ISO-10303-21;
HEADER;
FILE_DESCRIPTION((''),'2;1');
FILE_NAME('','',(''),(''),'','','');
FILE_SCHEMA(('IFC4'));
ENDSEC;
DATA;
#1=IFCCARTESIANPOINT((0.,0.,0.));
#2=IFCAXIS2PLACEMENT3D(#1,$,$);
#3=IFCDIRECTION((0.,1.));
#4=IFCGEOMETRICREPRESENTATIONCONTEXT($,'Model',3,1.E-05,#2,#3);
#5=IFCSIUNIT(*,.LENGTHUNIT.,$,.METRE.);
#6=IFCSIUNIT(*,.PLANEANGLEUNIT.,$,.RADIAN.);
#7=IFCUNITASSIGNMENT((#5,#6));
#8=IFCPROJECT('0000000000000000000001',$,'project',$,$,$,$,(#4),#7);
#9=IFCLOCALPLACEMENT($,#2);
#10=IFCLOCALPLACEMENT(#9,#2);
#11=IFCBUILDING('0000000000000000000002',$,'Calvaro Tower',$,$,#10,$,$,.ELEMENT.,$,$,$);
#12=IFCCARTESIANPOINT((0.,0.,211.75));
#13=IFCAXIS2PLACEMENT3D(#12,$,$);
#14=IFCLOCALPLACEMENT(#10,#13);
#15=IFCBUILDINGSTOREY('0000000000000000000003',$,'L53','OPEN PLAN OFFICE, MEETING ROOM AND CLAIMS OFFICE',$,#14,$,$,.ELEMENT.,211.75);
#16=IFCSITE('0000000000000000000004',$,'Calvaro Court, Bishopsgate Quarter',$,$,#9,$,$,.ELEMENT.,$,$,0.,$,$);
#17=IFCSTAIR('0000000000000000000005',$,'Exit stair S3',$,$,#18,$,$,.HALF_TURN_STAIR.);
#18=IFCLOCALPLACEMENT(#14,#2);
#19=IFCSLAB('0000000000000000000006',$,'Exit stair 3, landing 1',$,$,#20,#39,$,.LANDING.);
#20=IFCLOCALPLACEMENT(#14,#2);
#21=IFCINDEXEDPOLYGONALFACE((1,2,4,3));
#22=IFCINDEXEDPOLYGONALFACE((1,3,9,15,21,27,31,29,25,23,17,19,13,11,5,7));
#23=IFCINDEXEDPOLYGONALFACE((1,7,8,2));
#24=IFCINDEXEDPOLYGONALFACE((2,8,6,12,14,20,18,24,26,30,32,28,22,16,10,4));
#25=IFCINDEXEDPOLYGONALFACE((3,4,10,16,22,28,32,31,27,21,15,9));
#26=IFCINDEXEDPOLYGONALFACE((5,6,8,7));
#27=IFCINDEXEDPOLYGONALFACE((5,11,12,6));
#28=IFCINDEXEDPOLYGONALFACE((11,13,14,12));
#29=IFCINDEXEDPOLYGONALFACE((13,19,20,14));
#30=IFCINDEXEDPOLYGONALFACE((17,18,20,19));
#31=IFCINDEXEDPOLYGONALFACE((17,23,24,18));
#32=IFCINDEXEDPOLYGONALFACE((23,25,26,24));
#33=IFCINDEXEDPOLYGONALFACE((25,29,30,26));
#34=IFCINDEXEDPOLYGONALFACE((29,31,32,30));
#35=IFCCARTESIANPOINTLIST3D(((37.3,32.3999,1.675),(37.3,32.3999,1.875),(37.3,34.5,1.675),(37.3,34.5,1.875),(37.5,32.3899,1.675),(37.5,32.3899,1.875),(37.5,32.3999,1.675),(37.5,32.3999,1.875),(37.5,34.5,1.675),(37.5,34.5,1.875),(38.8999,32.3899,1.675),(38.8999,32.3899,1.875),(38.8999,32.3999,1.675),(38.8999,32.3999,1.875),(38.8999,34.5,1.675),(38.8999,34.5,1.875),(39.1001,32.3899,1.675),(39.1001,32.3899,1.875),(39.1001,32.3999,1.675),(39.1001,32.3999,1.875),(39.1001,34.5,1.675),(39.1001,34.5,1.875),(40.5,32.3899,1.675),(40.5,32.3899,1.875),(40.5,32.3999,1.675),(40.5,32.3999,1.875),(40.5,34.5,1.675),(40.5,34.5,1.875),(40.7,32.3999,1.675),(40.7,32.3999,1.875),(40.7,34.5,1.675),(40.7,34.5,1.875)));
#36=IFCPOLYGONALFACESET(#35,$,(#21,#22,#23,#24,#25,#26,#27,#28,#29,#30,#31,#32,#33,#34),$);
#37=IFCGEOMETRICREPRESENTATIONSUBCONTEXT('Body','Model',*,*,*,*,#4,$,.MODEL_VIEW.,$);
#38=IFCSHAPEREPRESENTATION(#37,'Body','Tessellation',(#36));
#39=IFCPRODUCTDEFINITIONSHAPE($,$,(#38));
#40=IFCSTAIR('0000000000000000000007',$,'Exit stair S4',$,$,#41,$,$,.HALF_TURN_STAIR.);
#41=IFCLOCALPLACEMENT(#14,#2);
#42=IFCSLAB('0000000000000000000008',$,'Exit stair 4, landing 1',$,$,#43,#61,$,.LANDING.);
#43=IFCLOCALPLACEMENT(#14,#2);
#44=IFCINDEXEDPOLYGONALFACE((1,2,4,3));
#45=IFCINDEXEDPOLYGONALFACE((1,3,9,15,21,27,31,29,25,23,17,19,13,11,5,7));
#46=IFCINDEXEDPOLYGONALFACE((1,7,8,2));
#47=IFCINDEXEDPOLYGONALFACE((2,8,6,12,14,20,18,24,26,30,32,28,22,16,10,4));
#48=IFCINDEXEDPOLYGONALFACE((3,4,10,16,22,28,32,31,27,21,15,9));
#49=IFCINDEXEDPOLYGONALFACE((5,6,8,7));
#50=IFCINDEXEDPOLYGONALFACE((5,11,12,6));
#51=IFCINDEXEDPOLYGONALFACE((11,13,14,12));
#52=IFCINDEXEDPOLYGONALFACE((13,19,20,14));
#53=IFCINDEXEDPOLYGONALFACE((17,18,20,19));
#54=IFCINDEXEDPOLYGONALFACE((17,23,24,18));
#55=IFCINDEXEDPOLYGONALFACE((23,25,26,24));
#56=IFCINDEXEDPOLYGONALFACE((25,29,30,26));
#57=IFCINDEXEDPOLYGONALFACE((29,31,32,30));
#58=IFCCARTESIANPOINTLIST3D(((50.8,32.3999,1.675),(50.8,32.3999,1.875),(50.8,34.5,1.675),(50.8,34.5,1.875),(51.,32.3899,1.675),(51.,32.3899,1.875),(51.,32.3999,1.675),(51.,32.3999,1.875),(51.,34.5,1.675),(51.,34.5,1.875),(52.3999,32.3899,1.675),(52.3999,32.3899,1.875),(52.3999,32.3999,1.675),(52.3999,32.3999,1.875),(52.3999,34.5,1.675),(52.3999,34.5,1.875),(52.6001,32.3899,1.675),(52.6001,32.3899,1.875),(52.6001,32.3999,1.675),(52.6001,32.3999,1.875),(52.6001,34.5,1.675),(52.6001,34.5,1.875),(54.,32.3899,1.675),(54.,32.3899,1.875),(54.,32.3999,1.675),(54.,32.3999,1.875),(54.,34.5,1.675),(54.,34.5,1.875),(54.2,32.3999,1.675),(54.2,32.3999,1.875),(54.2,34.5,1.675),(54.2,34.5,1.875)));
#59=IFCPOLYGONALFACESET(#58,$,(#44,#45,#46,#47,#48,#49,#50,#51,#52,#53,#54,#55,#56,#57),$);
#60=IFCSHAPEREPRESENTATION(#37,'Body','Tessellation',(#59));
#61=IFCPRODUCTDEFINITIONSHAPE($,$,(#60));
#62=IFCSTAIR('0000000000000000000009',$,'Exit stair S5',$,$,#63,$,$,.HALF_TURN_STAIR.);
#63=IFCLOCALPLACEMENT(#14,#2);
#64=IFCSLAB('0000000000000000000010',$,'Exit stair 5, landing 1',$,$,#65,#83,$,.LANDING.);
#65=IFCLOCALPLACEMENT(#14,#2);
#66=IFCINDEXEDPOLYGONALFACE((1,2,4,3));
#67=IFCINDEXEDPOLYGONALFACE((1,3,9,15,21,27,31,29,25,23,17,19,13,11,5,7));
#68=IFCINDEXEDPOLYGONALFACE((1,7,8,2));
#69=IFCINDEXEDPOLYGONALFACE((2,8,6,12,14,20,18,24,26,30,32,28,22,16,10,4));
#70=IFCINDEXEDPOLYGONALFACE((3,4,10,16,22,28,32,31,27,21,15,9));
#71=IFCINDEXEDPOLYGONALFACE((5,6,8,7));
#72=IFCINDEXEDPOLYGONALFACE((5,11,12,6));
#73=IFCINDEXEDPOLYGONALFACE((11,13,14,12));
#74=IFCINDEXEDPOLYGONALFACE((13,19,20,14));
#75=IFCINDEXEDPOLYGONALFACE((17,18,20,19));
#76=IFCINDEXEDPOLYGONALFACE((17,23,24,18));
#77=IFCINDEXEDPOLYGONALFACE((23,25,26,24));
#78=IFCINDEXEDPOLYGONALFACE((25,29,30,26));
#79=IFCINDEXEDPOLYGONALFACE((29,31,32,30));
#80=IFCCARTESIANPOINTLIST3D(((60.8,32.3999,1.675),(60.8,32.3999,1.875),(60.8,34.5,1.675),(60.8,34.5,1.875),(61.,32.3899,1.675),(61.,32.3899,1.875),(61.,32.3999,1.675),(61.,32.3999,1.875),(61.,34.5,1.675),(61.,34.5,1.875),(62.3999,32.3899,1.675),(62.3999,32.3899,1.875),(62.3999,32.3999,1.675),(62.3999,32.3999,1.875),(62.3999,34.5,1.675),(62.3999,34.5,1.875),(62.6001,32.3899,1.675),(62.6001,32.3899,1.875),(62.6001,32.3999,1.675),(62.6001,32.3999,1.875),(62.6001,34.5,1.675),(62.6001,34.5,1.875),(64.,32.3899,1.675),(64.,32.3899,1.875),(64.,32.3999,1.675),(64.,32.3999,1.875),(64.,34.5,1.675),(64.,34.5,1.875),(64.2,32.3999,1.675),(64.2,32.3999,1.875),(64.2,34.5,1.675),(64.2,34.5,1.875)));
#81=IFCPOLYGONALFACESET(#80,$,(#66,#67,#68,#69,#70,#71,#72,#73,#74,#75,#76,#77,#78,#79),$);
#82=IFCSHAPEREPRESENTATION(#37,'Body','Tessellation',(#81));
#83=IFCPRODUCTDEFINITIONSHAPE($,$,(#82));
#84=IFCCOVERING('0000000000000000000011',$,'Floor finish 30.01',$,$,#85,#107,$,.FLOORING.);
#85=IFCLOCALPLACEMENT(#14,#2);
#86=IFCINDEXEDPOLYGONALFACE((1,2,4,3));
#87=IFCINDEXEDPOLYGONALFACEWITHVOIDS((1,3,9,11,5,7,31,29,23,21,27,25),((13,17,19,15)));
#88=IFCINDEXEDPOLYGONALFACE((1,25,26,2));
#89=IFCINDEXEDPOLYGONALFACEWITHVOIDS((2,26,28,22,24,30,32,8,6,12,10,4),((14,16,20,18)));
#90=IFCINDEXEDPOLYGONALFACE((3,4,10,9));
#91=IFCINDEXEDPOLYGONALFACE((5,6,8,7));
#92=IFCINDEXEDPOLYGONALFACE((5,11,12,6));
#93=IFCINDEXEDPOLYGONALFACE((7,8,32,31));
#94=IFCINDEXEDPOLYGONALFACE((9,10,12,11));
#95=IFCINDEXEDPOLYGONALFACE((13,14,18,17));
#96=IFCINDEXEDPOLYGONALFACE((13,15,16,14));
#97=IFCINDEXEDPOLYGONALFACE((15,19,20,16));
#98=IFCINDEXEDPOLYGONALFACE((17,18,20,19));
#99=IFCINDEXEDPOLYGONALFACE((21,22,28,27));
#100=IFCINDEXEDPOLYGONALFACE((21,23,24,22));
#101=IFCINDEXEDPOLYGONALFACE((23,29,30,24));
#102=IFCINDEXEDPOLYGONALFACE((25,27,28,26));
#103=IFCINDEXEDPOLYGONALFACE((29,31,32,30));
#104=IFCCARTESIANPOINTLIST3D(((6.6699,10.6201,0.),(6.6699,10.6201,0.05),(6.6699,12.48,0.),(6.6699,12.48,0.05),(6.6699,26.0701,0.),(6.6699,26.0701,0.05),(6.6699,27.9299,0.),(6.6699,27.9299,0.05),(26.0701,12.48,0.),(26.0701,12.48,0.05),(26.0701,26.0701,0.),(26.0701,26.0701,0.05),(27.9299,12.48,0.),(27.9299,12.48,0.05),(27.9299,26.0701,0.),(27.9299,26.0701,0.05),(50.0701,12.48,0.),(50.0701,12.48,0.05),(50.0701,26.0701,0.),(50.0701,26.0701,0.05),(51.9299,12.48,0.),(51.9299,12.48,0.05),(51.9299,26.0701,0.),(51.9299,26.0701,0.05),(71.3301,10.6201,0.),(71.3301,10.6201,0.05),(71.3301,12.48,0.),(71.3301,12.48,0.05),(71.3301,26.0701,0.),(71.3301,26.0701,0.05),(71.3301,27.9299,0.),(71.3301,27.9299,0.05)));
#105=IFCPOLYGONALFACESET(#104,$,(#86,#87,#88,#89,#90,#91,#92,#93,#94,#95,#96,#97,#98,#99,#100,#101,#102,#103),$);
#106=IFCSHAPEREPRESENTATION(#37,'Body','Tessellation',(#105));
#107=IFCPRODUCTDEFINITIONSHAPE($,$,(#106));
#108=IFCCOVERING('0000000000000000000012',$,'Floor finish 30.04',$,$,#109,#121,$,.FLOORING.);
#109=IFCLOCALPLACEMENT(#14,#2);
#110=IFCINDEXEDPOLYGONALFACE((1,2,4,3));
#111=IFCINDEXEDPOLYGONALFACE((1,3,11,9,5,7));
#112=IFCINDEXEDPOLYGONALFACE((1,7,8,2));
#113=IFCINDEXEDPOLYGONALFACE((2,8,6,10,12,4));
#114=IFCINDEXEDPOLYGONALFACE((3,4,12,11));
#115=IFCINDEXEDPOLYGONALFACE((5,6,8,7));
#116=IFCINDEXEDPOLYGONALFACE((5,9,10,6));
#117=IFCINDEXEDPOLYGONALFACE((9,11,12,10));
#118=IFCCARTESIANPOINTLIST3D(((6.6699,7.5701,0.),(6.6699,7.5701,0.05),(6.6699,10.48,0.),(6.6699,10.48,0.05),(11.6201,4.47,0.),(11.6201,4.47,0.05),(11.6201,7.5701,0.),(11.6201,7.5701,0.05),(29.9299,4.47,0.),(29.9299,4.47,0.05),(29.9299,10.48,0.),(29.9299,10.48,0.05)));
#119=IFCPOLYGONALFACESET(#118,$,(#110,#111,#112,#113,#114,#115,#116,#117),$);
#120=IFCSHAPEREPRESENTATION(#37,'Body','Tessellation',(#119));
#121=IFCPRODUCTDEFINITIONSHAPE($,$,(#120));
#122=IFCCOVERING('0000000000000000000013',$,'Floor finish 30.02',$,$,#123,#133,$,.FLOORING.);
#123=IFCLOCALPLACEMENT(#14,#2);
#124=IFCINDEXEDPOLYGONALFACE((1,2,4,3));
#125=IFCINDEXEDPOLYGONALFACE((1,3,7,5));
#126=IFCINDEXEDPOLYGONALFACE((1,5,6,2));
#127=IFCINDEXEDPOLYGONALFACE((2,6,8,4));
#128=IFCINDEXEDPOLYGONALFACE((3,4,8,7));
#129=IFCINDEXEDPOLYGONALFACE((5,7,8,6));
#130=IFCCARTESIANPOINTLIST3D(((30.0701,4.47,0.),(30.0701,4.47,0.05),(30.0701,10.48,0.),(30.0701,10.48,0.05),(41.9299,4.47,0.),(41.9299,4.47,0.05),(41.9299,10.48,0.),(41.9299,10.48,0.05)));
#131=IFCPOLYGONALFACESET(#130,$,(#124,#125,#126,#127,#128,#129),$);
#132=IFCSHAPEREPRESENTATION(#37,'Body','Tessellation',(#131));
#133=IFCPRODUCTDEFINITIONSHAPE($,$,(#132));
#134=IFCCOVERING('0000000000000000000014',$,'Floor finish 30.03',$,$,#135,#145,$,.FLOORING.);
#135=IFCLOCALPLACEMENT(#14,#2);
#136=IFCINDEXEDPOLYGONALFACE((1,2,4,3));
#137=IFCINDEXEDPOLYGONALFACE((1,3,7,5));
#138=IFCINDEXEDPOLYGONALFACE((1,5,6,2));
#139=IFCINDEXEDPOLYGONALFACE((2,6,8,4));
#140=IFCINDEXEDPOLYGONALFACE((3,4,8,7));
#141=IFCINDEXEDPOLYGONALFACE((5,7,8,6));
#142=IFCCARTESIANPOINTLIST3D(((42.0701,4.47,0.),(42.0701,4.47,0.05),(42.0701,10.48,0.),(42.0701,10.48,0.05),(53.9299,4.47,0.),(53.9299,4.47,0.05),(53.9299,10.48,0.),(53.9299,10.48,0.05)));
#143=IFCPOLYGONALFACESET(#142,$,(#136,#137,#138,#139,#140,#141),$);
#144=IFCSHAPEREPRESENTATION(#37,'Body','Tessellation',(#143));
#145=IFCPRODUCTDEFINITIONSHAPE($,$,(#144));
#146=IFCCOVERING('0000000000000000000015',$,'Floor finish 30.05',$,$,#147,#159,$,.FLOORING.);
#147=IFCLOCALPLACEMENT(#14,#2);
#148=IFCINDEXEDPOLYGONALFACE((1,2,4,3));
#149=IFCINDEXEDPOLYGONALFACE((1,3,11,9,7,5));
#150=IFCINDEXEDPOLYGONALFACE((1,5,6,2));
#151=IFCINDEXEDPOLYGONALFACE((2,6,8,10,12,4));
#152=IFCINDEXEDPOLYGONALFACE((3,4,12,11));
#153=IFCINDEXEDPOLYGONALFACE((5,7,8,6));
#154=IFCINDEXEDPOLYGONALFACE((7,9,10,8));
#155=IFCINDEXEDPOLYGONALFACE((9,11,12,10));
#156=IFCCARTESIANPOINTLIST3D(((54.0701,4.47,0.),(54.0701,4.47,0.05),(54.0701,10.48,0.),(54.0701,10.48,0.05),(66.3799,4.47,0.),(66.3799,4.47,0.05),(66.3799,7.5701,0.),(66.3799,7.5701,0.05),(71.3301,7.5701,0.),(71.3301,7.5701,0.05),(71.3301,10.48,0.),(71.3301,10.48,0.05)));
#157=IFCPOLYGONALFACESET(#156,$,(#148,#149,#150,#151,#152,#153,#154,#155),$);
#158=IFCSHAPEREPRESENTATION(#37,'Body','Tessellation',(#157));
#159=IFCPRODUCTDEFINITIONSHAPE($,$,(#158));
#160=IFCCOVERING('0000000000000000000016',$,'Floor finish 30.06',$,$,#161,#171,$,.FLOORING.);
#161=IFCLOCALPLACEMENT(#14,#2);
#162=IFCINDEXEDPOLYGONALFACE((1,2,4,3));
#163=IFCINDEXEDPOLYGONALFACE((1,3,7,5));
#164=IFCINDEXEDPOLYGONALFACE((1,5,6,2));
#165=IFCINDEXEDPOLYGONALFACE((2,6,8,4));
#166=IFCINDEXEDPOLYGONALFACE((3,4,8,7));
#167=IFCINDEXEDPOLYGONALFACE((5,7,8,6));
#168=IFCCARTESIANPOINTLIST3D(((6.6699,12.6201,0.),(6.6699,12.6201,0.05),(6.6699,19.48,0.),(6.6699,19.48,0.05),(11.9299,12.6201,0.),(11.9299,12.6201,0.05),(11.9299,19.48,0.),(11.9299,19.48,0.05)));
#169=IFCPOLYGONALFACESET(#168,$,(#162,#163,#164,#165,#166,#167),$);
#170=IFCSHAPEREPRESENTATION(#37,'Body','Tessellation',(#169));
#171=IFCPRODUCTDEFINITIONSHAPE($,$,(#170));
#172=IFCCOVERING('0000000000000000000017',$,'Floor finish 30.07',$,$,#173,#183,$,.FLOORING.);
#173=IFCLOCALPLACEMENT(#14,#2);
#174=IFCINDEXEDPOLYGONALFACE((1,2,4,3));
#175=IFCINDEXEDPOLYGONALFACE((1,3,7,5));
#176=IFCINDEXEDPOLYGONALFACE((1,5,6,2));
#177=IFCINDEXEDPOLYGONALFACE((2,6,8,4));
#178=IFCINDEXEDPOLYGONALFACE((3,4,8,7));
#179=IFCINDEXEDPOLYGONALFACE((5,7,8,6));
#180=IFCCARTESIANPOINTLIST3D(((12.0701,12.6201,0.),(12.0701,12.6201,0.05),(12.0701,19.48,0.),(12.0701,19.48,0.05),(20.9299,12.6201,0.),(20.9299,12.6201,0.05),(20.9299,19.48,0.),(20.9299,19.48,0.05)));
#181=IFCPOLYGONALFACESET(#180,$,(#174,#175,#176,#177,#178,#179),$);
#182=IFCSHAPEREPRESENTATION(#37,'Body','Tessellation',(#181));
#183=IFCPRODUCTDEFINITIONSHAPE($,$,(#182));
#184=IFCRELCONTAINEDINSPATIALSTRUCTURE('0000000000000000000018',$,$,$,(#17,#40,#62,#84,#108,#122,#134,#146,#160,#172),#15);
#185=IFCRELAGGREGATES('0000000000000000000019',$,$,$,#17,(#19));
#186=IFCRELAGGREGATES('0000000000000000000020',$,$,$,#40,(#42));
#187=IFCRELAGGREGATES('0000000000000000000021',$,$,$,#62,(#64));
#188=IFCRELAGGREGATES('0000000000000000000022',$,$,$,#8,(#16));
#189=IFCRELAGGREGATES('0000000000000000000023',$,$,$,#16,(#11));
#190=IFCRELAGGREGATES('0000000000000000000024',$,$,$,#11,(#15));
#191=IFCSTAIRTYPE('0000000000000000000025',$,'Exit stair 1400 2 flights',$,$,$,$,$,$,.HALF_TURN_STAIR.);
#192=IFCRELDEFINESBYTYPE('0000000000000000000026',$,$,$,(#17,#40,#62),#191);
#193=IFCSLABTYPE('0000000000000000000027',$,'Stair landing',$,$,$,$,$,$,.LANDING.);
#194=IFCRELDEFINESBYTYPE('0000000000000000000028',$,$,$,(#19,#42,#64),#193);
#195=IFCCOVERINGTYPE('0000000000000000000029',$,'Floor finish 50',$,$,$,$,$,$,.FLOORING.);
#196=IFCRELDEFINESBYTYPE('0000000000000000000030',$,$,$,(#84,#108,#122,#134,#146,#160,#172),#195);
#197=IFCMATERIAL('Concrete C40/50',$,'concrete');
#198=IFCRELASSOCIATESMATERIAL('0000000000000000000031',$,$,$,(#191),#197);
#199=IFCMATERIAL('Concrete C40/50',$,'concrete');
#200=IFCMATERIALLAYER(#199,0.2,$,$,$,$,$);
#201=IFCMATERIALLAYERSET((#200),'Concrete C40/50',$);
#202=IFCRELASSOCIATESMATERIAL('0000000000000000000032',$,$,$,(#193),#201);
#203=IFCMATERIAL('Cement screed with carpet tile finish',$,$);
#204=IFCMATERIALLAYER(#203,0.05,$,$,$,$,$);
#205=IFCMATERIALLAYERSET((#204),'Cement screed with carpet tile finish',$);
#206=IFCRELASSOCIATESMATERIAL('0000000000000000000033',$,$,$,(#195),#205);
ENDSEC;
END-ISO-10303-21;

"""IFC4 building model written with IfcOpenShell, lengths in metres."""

from ifc_helpers import new_model, si_unit, direction, frame, origin, place, context, subcontext, project, spatial, polyline, outline, extrude, material, layer, layer_set, type_object, element, aggregate, save


model = new_model("IFC4")

# Units and contexts
model_context = context("Model", 3, precision=1e-05, world=origin(), true_north=direction((0.0, 1.0)))
body_context = subcontext(model_context, "Body", "Model", "MODEL_VIEW")
ifc_project = project(units=[si_unit("LENGTHUNIT", "METRE"), si_unit("PLANEANGLEUNIT", "RADIAN")], contexts=[model_context])

# Site, building, storey
site_placement = place(None, origin())
site = spatial("IfcSite", under=ifc_project, at=site_placement, Name="Calvaro Court, Bishopsgate Quarter", CompositionType="ELEMENT", RefElevation=0.0)
building_placement = place(site_placement, origin())
building = spatial("IfcBuilding", under=site, at=building_placement, Name="Calvaro Tower", CompositionType="ELEMENT")
storey_placement = place(building_placement, frame((0.0, 0.0, 211.75)))
storey = spatial("IfcBuildingStorey", under=building, at=storey_placement, Name="L53", Description="OPEN PLAN OFFICE, MEETING ROOM AND CLAIMS OFFICE", CompositionType="ELEMENT", Elevation=211.75)

# Stairs, slabs
ifc_material_1 = material(Name="Concrete C40/50", Category="concrete")
stair_type = type_object("IfcStairType", Name="Exit stair 1400 2 flights", PredefinedType="HALF_TURN_STAIR", material=ifc_material_1)
ifc_material_2 = material(Name="Concrete C40/50", Category="concrete")
ifc_layer_1 = layer(ifc_material_2, 0.2)
ifc_layer_set_1 = layer_set([ifc_layer_1], Name="Concrete C40/50")
slab_type_1 = type_object("IfcSlabType", Name="Stair landing", PredefinedType="LANDING", material=ifc_layer_set_1)
stair_1_placement = place(storey_placement, origin())
stair_1 = element("IfcStair", 1, at=stair_1_placement, inside=storey, type_object=stair_type, Name="Exit stair S3", PredefinedType="HALF_TURN_STAIR")
slab_1_placement = place(storey_placement, frame((0.0, 0.0, 1.675)))
slab_1 = element("IfcSlab", 2, at=slab_1_placement, type_object=slab_type_1, Name="Exit stair 3, landing 1", PredefinedType="LANDING", context=body_context, shape_type="SweptSolid", body=[
    extrude(outline(polyline([(38.8999, 32.3899), (37.5, 32.3899), (37.5, 32.3999), (37.3, 32.3999), (37.3, 34.5), (37.5, 34.5), (38.8999, 34.5), (39.1001, 34.5), (40.5, 34.5), (40.7, 34.5), (40.7, 32.3999), (40.5, 32.3999), (40.5, 32.3899), (39.1001, 32.3899), (39.1001, 32.3999), (38.8999, 32.3999), (38.8999, 32.3899)])), origin(), (0.0, 0.0, 1.0), 0.2),
])
aggregate(stair_1, [slab_1])
stair_2_placement = place(storey_placement, origin())
stair_2 = element("IfcStair", 3, at=stair_2_placement, inside=storey, type_object=stair_type, Name="Exit stair S4", PredefinedType="HALF_TURN_STAIR")
slab_2_placement = place(storey_placement, frame((0.0, 0.0, 1.675)))
slab_2 = element("IfcSlab", 4, at=slab_2_placement, type_object=slab_type_1, Name="Exit stair 4, landing 1", PredefinedType="LANDING", context=body_context, shape_type="SweptSolid", body=[
    extrude(outline(polyline([(52.3999, 32.3899), (51.0, 32.3899), (51.0, 32.3999), (50.8, 32.3999), (50.8, 34.5), (51.0, 34.5), (52.3999, 34.5), (52.6001, 34.5), (54.0, 34.5), (54.2, 34.5), (54.2, 32.3999), (54.0, 32.3999), (54.0, 32.3899), (52.6001, 32.3899), (52.6001, 32.3999), (52.3999, 32.3999), (52.3999, 32.3899)])), origin(), (0.0, 0.0, 1.0), 0.2),
])
aggregate(stair_2, [slab_2])
stair_3_placement = place(storey_placement, origin())
stair_3 = element("IfcStair", 5, at=stair_3_placement, inside=storey, type_object=stair_type, Name="Exit stair S5", PredefinedType="HALF_TURN_STAIR")
slab_3_placement = place(storey_placement, frame((0.0, 0.0, 1.675)))
slab_3 = element("IfcSlab", 6, at=slab_3_placement, type_object=slab_type_1, Name="Exit stair 5, landing 1", PredefinedType="LANDING", context=body_context, shape_type="SweptSolid", body=[
    extrude(outline(polyline([(62.3999, 32.3899), (61.0, 32.3899), (61.0, 32.3999), (60.8, 32.3999), (60.8, 34.5), (61.0, 34.5), (62.3999, 34.5), (62.6001, 34.5), (64.0, 34.5), (64.2, 34.5), (64.2, 32.3999), (64.0, 32.3999), (64.0, 32.3899), (62.6001, 32.3899), (62.6001, 32.3999), (62.3999, 32.3999), (62.3999, 32.3899)])), origin(), (0.0, 0.0, 1.0), 0.2),
])
aggregate(stair_3, [slab_3])

# Coverings
ifc_material_3 = material(Name="Cement screed with carpet tile finish")
ifc_layer_2 = layer(ifc_material_3, 0.05)
ifc_layer_set_2 = layer_set([ifc_layer_2], Name="Cement screed with carpet tile finish")
covering_type = type_object("IfcCoveringType", Name="Floor finish 50", PredefinedType="FLOORING", material=ifc_layer_set_2)
covering_1_placement = place(storey_placement, origin())
element("IfcCovering", 7, at=covering_1_placement, inside=storey, type_object=covering_type, Name="Floor finish 30.01", PredefinedType="FLOORING", context=body_context, shape_type="SweptSolid", body=[
    extrude(outline(polyline([(6.6699, 10.6201), (6.6699, 12.48), (26.0701, 12.48), (26.0701, 26.0701), (6.6699, 26.0701), (6.6699, 27.9299), (71.3301, 27.9299), (71.3301, 26.0701), (51.9299, 26.0701), (51.9299, 12.48), (71.3301, 12.48), (71.3301, 10.6201), (6.6699, 10.6201)]), holes=[polyline([(50.0701, 12.48), (50.0701, 26.0701), (27.9299, 26.0701), (27.9299, 12.48), (50.0701, 12.48)])]), origin(), (0.0, 0.0, 1.0), 0.05),
])
covering_2_placement = place(storey_placement, origin())
element("IfcCovering", 8, at=covering_2_placement, inside=storey, type_object=covering_type, Name="Floor finish 30.04", PredefinedType="FLOORING", context=body_context, shape_type="SweptSolid", body=[
    extrude(outline(polyline([(29.9299, 10.48), (29.9299, 4.47), (11.6201, 4.47), (11.6201, 7.5701), (6.6699, 7.5701), (6.6699, 10.48), (29.9299, 10.48)])), origin(), (0.0, 0.0, 1.0), 0.05),
])
covering_3_placement = place(storey_placement, origin())
element("IfcCovering", 9, at=covering_3_placement, inside=storey, type_object=covering_type, Name="Floor finish 30.02", PredefinedType="FLOORING", context=body_context, shape_type="SweptSolid", body=[
    extrude(outline(polyline([(30.0701, 10.48), (41.9299, 10.48), (41.9299, 4.47), (30.0701, 4.47), (30.0701, 10.48)])), origin(), (0.0, 0.0, 1.0), 0.05),
])
covering_4_placement = place(storey_placement, origin())
element("IfcCovering", 10, at=covering_4_placement, inside=storey, type_object=covering_type, Name="Floor finish 30.03", PredefinedType="FLOORING", context=body_context, shape_type="SweptSolid", body=[
    extrude(outline(polyline([(42.0701, 10.48), (53.9299, 10.48), (53.9299, 4.47), (42.0701, 4.47), (42.0701, 10.48)])), origin(), (0.0, 0.0, 1.0), 0.05),
])
covering_5_placement = place(storey_placement, origin())
element("IfcCovering", 11, at=covering_5_placement, inside=storey, type_object=covering_type, Name="Floor finish 30.05", PredefinedType="FLOORING", context=body_context, shape_type="SweptSolid", body=[
    extrude(outline(polyline([(71.3301, 7.5701), (66.3799, 7.5701), (66.3799, 4.47), (54.0701, 4.47), (54.0701, 10.48), (71.3301, 10.48), (71.3301, 7.5701)])), origin(), (0.0, 0.0, 1.0), 0.05),
])
covering_6_placement = place(storey_placement, origin())
element("IfcCovering", 12, at=covering_6_placement, inside=storey, type_object=covering_type, Name="Floor finish 30.06", PredefinedType="FLOORING", context=body_context, shape_type="SweptSolid", body=[
    extrude(outline(polyline([(11.9299, 19.48), (11.9299, 12.6201), (6.6699, 12.6201), (6.6699, 19.48), (11.9299, 19.48)])), origin(), (0.0, 0.0, 1.0), 0.05),
])
covering_7_placement = place(storey_placement, origin())
element("IfcCovering", 13, at=covering_7_placement, inside=storey, type_object=covering_type, Name="Floor finish 30.07", PredefinedType="FLOORING", context=body_context, shape_type="SweptSolid", body=[
    extrude(outline(polyline([(12.0701, 12.6201), (12.0701, 19.48), (20.9299, 19.48), (20.9299, 12.6201), (12.0701, 12.6201)])), origin(), (0.0, 0.0, 1.0), 0.05),
])

save(model, "model.ifc")
